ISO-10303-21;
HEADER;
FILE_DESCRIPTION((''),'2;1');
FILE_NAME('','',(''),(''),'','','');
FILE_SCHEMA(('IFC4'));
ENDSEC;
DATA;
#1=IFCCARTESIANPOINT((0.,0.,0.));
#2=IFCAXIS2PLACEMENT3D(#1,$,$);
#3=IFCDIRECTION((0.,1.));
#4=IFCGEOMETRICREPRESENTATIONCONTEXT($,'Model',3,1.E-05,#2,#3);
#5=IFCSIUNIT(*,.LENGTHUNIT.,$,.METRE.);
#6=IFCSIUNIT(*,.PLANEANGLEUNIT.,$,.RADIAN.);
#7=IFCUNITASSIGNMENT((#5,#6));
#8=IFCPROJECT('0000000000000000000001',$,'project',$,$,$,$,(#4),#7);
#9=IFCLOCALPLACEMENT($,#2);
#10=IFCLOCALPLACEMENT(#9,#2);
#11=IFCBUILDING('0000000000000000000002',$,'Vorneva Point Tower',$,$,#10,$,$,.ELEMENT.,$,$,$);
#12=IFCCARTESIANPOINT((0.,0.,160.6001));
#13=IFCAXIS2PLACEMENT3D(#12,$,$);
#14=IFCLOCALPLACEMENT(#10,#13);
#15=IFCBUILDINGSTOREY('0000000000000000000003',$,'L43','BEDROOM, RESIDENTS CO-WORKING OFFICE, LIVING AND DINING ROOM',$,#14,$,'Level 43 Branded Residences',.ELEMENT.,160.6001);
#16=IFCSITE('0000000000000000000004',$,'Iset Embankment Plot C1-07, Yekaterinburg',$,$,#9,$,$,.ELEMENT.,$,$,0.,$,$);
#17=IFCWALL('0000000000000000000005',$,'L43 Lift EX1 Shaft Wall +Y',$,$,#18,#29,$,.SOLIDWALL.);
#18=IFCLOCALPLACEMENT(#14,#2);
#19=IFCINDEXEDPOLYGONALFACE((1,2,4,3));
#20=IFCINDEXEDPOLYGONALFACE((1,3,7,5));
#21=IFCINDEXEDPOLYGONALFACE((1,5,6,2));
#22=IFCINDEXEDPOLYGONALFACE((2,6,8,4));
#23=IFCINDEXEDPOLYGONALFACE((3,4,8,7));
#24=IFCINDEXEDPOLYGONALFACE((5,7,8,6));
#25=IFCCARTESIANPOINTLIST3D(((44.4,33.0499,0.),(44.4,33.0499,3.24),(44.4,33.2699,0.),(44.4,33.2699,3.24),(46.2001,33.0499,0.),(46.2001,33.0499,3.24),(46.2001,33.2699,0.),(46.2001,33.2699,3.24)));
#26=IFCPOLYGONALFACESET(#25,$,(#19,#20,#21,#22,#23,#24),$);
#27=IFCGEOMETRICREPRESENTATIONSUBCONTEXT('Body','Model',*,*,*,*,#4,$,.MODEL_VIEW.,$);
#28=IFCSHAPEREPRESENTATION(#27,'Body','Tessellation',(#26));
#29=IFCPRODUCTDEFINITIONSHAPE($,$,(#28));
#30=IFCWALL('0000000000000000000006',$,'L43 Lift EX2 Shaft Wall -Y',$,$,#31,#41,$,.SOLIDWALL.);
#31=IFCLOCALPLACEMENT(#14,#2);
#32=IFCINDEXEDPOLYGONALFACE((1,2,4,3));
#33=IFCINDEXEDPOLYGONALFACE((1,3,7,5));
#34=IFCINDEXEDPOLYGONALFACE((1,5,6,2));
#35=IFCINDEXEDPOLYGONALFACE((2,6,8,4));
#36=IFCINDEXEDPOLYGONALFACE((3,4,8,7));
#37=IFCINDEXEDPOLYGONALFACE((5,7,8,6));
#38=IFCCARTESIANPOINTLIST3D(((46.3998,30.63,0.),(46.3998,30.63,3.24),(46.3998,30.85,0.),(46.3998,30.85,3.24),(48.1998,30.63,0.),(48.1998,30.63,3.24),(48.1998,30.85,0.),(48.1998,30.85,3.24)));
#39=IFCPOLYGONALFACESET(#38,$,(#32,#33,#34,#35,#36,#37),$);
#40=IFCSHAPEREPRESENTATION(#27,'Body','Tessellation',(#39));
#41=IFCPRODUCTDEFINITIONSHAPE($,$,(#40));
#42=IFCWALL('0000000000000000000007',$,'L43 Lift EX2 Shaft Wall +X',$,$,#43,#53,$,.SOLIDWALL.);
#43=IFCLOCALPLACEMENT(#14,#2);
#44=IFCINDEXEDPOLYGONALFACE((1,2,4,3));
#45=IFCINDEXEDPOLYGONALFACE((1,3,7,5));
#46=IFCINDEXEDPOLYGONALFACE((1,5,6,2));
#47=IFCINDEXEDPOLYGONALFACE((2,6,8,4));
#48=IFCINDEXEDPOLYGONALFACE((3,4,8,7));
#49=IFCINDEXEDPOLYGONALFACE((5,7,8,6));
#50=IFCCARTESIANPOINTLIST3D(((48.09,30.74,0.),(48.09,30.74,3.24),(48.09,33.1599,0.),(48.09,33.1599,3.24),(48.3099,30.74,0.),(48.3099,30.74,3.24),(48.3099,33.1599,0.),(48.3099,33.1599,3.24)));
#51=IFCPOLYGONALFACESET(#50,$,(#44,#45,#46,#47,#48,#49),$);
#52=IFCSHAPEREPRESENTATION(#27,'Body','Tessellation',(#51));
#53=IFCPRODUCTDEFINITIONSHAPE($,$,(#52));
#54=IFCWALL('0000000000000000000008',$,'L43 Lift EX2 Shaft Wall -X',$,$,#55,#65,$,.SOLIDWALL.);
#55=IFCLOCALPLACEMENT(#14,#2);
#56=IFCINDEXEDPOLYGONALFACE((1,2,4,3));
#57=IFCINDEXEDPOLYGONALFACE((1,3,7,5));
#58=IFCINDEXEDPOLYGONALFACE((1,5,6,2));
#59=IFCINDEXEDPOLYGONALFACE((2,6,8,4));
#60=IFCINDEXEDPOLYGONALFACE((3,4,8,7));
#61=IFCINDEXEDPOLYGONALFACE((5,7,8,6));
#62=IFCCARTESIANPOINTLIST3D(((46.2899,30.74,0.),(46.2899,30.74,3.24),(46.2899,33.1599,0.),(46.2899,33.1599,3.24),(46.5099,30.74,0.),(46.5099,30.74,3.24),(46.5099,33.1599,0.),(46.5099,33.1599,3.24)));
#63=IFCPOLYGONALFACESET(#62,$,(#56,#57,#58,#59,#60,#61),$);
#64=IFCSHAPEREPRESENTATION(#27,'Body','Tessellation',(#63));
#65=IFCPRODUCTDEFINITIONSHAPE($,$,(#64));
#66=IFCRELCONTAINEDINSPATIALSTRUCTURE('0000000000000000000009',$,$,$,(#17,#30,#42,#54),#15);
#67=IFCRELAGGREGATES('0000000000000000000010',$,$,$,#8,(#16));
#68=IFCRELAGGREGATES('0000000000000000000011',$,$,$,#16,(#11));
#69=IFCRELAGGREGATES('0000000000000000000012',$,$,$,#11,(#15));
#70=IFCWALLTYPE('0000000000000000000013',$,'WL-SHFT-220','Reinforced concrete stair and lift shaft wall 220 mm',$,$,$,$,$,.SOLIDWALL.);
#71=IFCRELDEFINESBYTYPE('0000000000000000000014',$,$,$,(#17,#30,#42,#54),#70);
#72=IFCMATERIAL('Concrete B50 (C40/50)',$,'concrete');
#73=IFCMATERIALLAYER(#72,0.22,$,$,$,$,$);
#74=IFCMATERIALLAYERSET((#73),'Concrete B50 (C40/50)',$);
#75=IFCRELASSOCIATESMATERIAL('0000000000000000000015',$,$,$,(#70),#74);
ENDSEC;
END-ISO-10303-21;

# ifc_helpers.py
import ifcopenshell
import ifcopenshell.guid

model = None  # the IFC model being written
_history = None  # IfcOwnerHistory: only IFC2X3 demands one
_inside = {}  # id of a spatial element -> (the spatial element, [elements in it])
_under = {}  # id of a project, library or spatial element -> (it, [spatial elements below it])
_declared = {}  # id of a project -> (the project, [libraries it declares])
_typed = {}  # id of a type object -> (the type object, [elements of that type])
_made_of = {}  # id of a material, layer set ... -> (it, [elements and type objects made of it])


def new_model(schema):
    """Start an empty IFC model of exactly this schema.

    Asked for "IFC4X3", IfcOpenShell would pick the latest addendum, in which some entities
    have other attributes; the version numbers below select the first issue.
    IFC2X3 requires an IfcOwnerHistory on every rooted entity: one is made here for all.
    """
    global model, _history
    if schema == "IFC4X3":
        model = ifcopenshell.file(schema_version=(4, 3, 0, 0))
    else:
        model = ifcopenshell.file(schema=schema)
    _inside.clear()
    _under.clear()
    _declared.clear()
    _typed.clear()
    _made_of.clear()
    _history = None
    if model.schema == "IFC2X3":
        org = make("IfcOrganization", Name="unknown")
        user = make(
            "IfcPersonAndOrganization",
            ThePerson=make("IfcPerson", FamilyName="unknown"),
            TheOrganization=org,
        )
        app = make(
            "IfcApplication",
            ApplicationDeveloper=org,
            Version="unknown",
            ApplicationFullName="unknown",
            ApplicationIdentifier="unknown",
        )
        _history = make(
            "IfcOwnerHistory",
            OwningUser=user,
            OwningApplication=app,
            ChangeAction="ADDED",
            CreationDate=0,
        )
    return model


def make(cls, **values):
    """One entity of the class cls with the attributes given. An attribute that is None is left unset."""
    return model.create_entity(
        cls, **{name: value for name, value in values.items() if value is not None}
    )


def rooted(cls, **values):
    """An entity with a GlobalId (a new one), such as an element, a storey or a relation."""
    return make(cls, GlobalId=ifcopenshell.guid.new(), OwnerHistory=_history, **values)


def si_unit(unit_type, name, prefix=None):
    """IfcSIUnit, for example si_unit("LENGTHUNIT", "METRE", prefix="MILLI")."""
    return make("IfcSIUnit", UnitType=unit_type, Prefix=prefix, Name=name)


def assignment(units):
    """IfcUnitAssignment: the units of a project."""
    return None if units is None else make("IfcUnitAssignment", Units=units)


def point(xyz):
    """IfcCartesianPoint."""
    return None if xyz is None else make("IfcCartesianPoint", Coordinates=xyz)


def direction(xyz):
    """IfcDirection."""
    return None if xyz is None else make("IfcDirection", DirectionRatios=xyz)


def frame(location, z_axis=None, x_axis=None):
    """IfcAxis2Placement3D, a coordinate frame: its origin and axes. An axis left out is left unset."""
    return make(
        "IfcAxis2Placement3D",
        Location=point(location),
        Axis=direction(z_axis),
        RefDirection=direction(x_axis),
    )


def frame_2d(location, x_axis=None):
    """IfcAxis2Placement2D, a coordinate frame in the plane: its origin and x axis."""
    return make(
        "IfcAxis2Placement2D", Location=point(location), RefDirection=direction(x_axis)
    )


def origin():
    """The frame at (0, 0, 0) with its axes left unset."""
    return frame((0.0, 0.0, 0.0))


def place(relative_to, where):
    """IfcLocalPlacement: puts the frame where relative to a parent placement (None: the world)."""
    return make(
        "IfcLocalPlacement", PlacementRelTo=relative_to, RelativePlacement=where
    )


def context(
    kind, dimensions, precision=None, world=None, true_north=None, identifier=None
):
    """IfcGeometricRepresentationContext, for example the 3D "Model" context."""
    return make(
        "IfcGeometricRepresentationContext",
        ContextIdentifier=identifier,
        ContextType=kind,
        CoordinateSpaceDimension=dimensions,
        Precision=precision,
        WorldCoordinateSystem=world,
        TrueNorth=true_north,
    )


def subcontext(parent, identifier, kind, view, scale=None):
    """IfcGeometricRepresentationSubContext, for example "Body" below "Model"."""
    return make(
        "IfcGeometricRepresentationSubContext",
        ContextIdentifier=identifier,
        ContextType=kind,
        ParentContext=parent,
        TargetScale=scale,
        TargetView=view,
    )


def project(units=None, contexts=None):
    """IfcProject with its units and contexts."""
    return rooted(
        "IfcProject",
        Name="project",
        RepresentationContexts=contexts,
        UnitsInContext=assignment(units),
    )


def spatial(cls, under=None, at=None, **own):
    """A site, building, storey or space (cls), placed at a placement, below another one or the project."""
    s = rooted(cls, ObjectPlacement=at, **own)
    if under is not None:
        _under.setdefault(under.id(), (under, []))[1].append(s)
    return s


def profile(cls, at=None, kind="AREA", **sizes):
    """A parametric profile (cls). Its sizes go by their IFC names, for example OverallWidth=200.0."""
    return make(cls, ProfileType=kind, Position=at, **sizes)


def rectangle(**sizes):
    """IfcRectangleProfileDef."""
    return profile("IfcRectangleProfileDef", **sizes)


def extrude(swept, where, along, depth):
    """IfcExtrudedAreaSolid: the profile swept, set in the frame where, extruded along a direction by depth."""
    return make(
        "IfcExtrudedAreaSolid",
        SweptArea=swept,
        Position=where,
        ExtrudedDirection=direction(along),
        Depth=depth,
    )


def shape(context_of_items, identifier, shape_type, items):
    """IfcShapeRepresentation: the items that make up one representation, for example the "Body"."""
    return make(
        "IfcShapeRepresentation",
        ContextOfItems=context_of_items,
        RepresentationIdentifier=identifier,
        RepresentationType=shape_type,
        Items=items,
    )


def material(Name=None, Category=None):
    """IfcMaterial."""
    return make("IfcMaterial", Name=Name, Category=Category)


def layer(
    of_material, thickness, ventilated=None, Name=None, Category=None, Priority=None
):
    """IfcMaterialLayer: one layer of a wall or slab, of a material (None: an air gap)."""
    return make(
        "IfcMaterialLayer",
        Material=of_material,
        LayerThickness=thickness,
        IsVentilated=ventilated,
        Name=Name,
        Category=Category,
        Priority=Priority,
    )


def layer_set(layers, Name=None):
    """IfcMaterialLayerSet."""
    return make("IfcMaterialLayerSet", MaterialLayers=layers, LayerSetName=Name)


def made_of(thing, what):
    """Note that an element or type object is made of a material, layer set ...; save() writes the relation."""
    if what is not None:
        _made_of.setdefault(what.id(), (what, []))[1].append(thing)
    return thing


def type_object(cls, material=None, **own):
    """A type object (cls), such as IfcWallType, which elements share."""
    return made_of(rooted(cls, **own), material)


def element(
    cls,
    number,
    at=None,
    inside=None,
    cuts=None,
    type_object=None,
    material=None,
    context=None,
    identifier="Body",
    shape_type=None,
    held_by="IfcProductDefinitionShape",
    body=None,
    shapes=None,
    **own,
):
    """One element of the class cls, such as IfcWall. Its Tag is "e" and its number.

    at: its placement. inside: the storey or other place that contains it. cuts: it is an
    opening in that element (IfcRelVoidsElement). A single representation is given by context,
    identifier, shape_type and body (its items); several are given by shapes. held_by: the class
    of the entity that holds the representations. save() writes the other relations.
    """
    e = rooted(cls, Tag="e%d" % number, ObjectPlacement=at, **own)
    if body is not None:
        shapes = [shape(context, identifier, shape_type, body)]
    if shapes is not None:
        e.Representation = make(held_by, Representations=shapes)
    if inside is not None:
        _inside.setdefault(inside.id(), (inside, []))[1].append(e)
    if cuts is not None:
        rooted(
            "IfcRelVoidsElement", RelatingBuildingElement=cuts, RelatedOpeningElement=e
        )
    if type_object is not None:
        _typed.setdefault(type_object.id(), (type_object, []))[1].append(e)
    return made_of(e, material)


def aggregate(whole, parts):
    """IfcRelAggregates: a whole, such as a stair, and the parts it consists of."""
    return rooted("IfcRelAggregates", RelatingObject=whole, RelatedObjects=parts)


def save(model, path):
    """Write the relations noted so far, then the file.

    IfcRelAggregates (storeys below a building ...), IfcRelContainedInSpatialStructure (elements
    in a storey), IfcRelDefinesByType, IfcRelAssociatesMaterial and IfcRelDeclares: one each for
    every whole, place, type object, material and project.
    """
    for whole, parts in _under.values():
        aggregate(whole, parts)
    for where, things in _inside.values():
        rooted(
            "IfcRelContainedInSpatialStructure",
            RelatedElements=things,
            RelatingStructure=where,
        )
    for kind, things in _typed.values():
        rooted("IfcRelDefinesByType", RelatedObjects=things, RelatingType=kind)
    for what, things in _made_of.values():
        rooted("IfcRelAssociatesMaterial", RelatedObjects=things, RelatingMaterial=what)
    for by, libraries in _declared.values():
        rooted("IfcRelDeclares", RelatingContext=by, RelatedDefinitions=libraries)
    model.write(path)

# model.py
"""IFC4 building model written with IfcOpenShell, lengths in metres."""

from ifc_helpers import new_model, si_unit, direction, frame, frame_2d, origin, place, context, subcontext, project, spatial, rectangle, extrude, material, layer, layer_set, type_object, element, save


model = new_model("IFC4")

# Units and contexts
model_context = context("Model", 3, precision=1e-05, world=origin(), true_north=direction((0.0, 1.0)))
body_context = subcontext(model_context, "Body", "Model", "MODEL_VIEW")
ifc_project = project(units=[si_unit("LENGTHUNIT", "METRE"), si_unit("PLANEANGLEUNIT", "RADIAN")], contexts=[model_context])

# Site, building, storey
site_placement = place(None, origin())
site = spatial("IfcSite", under=ifc_project, at=site_placement, Name="Iset Embankment Plot C1-07, Yekaterinburg", CompositionType="ELEMENT", RefElevation=0.0)
building_placement = place(site_placement, origin())
building = spatial("IfcBuilding", under=site, at=building_placement, Name="Vorneva Point Tower", CompositionType="ELEMENT")
storey_placement = place(building_placement, frame((0.0, 0.0, 160.6001)))
storey = spatial("IfcBuildingStorey", under=building, at=storey_placement, Name="L43", Description="BEDROOM, RESIDENTS CO-WORKING OFFICE, LIVING AND DINING ROOM", LongName="Level 43 Branded Residences", CompositionType="ELEMENT", Elevation=160.6001)

# Walls
ifc_material_1 = material(Name="Concrete B50 (C40/50)", Category="concrete")
ifc_layer_1 = layer(ifc_material_1, 0.22)
ifc_layer_set_1 = layer_set([ifc_layer_1], Name="Concrete B50 (C40/50)")
wall_type_1 = type_object("IfcWallType", Name="WL-SHFT-220", Description="Reinforced concrete stair and lift shaft wall 220 mm", PredefinedType="SOLIDWALL", material=ifc_layer_set_1)
for number, where, z_axis, x_axis, name in (
    (1, (46.2, 33.1599, 0.0), (0.0, 0.0, 1.0), (-1.0, 0.0, 0.0), "L43 Lift EX1 Shaft Wall +Y"),
    (2, (46.3999, 30.74, 0.0), (0.0, 0.0, 1.0), (1.0, 0.0, 0.0), "L43 Lift EX2 Shaft Wall -Y"),
):
    element("IfcWall", number, at=place(storey_placement, frame(where, z_axis=z_axis, x_axis=x_axis)), inside=storey, type_object=wall_type_1, Name=name, PredefinedType="SOLIDWALL", context=body_context, shape_type="SweptSolid", body=[
        extrude(rectangle(XDim=1.8, YDim=0.22, at=frame_2d((0.8999, 0.0))), origin(), (0.0, 0.0, 1.0), 3.24),
    ])
for number, where, z_axis, x_axis, name in (
    (3, (48.2, 30.74, 0.0), (0.0, 0.0, 1.0), (0.0, 1.0, 0.0), "L43 Lift EX2 Shaft Wall +X"),
    (4, (46.3999, 33.1599, 0.0), (0.0, 0.0, 1.0), (0.0, -1.0, 0.0), "L43 Lift EX2 Shaft Wall -X"),
):
    element("IfcWall", number, at=place(storey_placement, frame(where, z_axis=z_axis, x_axis=x_axis)), inside=storey, type_object=wall_type_1, Name=name, PredefinedType="SOLIDWALL", context=body_context, shape_type="SweptSolid", body=[
        extrude(rectangle(XDim=2.4199, YDim=0.22, at=frame_2d((1.21, 0.0))), origin(), (0.0, 0.0, 1.0), 3.24),
    ])

save(model, "model.ifc")
